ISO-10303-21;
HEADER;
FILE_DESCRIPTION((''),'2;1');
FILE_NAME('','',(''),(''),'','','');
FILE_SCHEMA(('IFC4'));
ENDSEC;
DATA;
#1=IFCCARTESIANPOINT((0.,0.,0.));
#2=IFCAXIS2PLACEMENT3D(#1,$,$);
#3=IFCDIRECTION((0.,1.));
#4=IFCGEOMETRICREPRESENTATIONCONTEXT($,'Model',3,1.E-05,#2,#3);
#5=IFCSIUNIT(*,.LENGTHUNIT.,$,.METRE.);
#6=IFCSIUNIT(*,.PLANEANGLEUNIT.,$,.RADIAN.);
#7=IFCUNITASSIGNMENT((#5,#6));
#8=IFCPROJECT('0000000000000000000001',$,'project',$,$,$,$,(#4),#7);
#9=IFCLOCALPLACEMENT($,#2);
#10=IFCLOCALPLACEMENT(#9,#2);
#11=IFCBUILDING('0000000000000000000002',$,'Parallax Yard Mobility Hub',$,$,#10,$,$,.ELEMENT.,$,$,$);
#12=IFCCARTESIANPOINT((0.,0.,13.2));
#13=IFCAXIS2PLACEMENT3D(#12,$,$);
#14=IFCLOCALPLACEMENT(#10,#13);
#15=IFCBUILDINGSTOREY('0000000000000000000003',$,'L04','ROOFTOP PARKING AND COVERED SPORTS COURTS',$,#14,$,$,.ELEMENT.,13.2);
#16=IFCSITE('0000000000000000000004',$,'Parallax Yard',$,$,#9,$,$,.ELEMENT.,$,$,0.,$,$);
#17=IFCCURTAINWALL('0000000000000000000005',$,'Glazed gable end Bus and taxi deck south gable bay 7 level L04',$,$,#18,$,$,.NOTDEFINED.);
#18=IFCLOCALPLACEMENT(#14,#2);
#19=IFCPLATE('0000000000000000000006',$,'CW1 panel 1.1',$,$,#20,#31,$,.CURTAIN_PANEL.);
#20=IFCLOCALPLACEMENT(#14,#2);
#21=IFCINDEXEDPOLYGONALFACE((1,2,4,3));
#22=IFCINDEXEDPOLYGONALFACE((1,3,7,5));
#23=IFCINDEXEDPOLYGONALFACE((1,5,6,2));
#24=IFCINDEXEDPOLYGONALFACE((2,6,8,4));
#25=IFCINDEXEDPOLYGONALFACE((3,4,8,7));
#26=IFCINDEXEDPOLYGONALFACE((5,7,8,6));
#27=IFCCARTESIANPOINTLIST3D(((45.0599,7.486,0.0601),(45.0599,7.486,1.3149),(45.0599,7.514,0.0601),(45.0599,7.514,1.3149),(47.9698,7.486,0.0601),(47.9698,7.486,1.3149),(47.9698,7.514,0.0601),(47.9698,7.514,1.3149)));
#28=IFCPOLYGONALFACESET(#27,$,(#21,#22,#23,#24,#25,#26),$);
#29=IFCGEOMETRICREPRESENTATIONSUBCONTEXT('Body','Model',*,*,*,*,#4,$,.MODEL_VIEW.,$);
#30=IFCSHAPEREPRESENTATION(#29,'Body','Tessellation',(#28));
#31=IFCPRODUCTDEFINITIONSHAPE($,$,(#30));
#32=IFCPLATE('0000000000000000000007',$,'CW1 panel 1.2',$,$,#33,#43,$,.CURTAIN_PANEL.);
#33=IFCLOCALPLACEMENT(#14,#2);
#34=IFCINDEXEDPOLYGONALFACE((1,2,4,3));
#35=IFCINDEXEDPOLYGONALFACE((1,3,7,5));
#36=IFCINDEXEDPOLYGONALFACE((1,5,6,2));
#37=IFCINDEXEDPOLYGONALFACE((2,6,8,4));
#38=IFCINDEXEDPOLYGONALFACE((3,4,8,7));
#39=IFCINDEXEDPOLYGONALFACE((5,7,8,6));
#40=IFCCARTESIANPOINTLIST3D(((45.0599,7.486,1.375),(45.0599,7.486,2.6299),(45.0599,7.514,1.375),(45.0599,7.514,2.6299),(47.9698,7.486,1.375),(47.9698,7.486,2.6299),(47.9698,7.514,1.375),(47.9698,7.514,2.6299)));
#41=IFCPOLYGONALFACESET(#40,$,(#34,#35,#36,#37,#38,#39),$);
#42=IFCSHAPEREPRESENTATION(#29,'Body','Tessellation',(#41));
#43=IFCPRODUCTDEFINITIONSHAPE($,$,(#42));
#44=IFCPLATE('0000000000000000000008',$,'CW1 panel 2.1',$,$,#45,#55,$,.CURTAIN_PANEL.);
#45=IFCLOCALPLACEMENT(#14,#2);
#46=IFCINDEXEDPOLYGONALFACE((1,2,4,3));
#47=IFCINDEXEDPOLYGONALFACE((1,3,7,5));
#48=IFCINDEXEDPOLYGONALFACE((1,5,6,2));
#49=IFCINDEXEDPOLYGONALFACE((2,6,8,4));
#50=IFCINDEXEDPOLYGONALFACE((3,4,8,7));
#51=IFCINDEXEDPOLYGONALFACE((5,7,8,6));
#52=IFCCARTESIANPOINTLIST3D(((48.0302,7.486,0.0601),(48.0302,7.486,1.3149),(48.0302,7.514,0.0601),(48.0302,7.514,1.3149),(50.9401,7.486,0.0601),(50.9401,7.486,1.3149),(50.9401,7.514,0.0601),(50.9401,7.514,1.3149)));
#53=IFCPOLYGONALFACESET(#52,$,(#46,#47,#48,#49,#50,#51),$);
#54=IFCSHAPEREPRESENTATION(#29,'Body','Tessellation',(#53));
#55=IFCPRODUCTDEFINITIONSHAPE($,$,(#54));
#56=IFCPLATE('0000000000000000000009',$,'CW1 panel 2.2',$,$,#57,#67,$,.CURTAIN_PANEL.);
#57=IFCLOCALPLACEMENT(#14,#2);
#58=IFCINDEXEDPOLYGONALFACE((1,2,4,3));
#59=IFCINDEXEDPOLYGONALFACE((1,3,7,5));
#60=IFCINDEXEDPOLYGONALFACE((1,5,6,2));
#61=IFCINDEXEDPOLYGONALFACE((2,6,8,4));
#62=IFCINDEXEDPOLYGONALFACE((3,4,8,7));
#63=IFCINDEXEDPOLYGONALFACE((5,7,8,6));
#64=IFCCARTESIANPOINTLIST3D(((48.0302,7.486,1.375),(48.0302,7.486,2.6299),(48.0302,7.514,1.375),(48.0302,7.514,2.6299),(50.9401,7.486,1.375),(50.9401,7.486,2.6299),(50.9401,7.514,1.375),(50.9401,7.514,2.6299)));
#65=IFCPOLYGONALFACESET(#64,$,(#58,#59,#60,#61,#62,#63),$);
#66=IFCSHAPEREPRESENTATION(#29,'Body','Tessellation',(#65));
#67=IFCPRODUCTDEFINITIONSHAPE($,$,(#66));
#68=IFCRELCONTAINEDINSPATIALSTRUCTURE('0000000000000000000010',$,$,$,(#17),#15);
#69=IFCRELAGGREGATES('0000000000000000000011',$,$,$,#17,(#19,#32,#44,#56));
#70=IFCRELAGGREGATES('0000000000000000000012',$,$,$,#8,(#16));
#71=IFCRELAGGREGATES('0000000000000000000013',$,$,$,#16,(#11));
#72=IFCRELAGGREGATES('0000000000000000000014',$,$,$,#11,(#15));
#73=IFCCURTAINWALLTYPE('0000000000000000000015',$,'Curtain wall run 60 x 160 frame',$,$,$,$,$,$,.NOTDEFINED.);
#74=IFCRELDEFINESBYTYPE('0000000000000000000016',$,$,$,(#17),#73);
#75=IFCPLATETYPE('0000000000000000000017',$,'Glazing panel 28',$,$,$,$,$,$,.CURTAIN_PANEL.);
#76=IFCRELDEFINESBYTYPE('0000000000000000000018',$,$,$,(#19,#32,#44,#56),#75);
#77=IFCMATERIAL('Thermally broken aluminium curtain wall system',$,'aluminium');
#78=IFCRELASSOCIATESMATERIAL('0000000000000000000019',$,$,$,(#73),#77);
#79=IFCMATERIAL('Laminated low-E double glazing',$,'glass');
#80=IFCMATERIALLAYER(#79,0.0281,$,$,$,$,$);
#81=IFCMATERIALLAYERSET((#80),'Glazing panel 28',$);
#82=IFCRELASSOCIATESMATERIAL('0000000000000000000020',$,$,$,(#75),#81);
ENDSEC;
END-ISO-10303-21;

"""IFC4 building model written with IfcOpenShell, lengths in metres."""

from ifc_helpers import new_model, si_unit, direction, frame, origin, origin_2d, place, context, subcontext, project, spatial, rectangle, extrude, material, layer, layer_set, type_object, element, aggregate, save


model = new_model("IFC4")

# Units and contexts
model_context = context("Model", 3, precision=1e-05, world=origin(), true_north=direction((0.0, 1.0)))
body_context = subcontext(model_context, "Body", "Model", "MODEL_VIEW")
ifc_project = project(units=[si_unit("LENGTHUNIT", "METRE"), si_unit("PLANEANGLEUNIT", "RADIAN")], contexts=[model_context])

# Site, building, storey
site_placement = place(None, origin())
site = spatial("IfcSite", under=ifc_project, at=site_placement, Name="Parallax Yard", CompositionType="ELEMENT", RefElevation=0.0)
building_placement = place(site_placement, origin())
building = spatial("IfcBuilding", under=site, at=building_placement, Name="Parallax Yard Mobility Hub", CompositionType="ELEMENT")
storey_placement = place(building_placement, frame((0.0, 0.0, 13.2)))
storey = spatial("IfcBuildingStorey", under=building, at=storey_placement, Name="L04", Description="ROOFTOP PARKING AND COVERED SPORTS COURTS", CompositionType="ELEMENT", Elevation=13.2)

# Shared definitions
ifc_material_1 = material(Name="Thermally broken aluminium curtain wall system", Category="aluminium")
curtain_wall_type = type_object("IfcCurtainWallType", Name="Curtain wall run 60 x 160 frame", PredefinedType="NOTDEFINED", material=ifc_material_1)

# Curtain wall
curtain_wall_1_placement = place(storey_placement, origin())
curtain_wall_1 = element("IfcCurtainWall", 1, at=curtain_wall_1_placement, inside=storey, type_object=curtain_wall_type, Name="Glazed gable end Bus and taxi deck south gable bay 7 level L04", PredefinedType="NOTDEFINED")

# Plates
ifc_material_2 = material(Name="Laminated low-E double glazing", Category="glass")
ifc_layer = layer(ifc_material_2, 0.0281)
ifc_layer_set = layer_set([ifc_layer], Name="Glazing panel 28")
plate_type = type_object("IfcPlateType", Name="Glazing panel 28", PredefinedType="CURTAIN_PANEL", material=ifc_layer_set)
plate_1_placement = place(storey_placement, frame((46.5149, 7.5, 0.0601), z_axis=(0.0, 0.0, 1.0), x_axis=(1.0, 0.0, 0.0)))
plate_1 = element("IfcPlate", 2, at=plate_1_placement, type_object=plate_type, Name="CW1 panel 1.1", PredefinedType="CURTAIN_PANEL", context=body_context, shape_type="SweptSolid", body=[
    extrude(rectangle(XDim=2.9099, YDim=0.0281, at=origin_2d()), origin(), (0.0, 0.0, 1.0), 1.2549),
])
plate_2_placement = place(storey_placement, frame((46.5149, 7.5, 1.375), z_axis=(0.0, 0.0, 1.0), x_axis=(1.0, 0.0, 0.0)))
plate_2 = element("IfcPlate", 3, at=plate_2_placement, type_object=plate_type, Name="CW1 panel 1.2", PredefinedType="CURTAIN_PANEL", context=body_context, shape_type="SweptSolid", body=[
    extrude(rectangle(XDim=2.9099, YDim=0.0281, at=origin_2d()), origin(), (0.0, 0.0, 1.0), 1.2549),
])
plate_3_placement = place(storey_placement, frame((49.4851, 7.5, 0.0601), z_axis=(0.0, 0.0, 1.0), x_axis=(1.0, 0.0, 0.0)))
plate_3 = element("IfcPlate", 4, at=plate_3_placement, type_object=plate_type, Name="CW1 panel 2.1", PredefinedType="CURTAIN_PANEL", context=body_context, shape_type="SweptSolid", body=[
    extrude(rectangle(XDim=2.9099, YDim=0.0281, at=origin_2d()), origin(), (0.0, 0.0, 1.0), 1.2549),
])
plate_4_placement = place(storey_placement, frame((49.4851, 7.5, 1.375), z_axis=(0.0, 0.0, 1.0), x_axis=(1.0, 0.0, 0.0)))
plate_4 = element("IfcPlate", 5, at=plate_4_placement, type_object=plate_type, Name="CW1 panel 2.2", PredefinedType="CURTAIN_PANEL", context=body_context, shape_type="SweptSolid", body=[
    extrude(rectangle(XDim=2.9099, YDim=0.0281, at=origin_2d()), origin(), (0.0, 0.0, 1.0), 1.2549),
])
aggregate(curtain_wall_1, [plate_1, plate_2, plate_3, plate_4])

save(model, "model.ifc")
